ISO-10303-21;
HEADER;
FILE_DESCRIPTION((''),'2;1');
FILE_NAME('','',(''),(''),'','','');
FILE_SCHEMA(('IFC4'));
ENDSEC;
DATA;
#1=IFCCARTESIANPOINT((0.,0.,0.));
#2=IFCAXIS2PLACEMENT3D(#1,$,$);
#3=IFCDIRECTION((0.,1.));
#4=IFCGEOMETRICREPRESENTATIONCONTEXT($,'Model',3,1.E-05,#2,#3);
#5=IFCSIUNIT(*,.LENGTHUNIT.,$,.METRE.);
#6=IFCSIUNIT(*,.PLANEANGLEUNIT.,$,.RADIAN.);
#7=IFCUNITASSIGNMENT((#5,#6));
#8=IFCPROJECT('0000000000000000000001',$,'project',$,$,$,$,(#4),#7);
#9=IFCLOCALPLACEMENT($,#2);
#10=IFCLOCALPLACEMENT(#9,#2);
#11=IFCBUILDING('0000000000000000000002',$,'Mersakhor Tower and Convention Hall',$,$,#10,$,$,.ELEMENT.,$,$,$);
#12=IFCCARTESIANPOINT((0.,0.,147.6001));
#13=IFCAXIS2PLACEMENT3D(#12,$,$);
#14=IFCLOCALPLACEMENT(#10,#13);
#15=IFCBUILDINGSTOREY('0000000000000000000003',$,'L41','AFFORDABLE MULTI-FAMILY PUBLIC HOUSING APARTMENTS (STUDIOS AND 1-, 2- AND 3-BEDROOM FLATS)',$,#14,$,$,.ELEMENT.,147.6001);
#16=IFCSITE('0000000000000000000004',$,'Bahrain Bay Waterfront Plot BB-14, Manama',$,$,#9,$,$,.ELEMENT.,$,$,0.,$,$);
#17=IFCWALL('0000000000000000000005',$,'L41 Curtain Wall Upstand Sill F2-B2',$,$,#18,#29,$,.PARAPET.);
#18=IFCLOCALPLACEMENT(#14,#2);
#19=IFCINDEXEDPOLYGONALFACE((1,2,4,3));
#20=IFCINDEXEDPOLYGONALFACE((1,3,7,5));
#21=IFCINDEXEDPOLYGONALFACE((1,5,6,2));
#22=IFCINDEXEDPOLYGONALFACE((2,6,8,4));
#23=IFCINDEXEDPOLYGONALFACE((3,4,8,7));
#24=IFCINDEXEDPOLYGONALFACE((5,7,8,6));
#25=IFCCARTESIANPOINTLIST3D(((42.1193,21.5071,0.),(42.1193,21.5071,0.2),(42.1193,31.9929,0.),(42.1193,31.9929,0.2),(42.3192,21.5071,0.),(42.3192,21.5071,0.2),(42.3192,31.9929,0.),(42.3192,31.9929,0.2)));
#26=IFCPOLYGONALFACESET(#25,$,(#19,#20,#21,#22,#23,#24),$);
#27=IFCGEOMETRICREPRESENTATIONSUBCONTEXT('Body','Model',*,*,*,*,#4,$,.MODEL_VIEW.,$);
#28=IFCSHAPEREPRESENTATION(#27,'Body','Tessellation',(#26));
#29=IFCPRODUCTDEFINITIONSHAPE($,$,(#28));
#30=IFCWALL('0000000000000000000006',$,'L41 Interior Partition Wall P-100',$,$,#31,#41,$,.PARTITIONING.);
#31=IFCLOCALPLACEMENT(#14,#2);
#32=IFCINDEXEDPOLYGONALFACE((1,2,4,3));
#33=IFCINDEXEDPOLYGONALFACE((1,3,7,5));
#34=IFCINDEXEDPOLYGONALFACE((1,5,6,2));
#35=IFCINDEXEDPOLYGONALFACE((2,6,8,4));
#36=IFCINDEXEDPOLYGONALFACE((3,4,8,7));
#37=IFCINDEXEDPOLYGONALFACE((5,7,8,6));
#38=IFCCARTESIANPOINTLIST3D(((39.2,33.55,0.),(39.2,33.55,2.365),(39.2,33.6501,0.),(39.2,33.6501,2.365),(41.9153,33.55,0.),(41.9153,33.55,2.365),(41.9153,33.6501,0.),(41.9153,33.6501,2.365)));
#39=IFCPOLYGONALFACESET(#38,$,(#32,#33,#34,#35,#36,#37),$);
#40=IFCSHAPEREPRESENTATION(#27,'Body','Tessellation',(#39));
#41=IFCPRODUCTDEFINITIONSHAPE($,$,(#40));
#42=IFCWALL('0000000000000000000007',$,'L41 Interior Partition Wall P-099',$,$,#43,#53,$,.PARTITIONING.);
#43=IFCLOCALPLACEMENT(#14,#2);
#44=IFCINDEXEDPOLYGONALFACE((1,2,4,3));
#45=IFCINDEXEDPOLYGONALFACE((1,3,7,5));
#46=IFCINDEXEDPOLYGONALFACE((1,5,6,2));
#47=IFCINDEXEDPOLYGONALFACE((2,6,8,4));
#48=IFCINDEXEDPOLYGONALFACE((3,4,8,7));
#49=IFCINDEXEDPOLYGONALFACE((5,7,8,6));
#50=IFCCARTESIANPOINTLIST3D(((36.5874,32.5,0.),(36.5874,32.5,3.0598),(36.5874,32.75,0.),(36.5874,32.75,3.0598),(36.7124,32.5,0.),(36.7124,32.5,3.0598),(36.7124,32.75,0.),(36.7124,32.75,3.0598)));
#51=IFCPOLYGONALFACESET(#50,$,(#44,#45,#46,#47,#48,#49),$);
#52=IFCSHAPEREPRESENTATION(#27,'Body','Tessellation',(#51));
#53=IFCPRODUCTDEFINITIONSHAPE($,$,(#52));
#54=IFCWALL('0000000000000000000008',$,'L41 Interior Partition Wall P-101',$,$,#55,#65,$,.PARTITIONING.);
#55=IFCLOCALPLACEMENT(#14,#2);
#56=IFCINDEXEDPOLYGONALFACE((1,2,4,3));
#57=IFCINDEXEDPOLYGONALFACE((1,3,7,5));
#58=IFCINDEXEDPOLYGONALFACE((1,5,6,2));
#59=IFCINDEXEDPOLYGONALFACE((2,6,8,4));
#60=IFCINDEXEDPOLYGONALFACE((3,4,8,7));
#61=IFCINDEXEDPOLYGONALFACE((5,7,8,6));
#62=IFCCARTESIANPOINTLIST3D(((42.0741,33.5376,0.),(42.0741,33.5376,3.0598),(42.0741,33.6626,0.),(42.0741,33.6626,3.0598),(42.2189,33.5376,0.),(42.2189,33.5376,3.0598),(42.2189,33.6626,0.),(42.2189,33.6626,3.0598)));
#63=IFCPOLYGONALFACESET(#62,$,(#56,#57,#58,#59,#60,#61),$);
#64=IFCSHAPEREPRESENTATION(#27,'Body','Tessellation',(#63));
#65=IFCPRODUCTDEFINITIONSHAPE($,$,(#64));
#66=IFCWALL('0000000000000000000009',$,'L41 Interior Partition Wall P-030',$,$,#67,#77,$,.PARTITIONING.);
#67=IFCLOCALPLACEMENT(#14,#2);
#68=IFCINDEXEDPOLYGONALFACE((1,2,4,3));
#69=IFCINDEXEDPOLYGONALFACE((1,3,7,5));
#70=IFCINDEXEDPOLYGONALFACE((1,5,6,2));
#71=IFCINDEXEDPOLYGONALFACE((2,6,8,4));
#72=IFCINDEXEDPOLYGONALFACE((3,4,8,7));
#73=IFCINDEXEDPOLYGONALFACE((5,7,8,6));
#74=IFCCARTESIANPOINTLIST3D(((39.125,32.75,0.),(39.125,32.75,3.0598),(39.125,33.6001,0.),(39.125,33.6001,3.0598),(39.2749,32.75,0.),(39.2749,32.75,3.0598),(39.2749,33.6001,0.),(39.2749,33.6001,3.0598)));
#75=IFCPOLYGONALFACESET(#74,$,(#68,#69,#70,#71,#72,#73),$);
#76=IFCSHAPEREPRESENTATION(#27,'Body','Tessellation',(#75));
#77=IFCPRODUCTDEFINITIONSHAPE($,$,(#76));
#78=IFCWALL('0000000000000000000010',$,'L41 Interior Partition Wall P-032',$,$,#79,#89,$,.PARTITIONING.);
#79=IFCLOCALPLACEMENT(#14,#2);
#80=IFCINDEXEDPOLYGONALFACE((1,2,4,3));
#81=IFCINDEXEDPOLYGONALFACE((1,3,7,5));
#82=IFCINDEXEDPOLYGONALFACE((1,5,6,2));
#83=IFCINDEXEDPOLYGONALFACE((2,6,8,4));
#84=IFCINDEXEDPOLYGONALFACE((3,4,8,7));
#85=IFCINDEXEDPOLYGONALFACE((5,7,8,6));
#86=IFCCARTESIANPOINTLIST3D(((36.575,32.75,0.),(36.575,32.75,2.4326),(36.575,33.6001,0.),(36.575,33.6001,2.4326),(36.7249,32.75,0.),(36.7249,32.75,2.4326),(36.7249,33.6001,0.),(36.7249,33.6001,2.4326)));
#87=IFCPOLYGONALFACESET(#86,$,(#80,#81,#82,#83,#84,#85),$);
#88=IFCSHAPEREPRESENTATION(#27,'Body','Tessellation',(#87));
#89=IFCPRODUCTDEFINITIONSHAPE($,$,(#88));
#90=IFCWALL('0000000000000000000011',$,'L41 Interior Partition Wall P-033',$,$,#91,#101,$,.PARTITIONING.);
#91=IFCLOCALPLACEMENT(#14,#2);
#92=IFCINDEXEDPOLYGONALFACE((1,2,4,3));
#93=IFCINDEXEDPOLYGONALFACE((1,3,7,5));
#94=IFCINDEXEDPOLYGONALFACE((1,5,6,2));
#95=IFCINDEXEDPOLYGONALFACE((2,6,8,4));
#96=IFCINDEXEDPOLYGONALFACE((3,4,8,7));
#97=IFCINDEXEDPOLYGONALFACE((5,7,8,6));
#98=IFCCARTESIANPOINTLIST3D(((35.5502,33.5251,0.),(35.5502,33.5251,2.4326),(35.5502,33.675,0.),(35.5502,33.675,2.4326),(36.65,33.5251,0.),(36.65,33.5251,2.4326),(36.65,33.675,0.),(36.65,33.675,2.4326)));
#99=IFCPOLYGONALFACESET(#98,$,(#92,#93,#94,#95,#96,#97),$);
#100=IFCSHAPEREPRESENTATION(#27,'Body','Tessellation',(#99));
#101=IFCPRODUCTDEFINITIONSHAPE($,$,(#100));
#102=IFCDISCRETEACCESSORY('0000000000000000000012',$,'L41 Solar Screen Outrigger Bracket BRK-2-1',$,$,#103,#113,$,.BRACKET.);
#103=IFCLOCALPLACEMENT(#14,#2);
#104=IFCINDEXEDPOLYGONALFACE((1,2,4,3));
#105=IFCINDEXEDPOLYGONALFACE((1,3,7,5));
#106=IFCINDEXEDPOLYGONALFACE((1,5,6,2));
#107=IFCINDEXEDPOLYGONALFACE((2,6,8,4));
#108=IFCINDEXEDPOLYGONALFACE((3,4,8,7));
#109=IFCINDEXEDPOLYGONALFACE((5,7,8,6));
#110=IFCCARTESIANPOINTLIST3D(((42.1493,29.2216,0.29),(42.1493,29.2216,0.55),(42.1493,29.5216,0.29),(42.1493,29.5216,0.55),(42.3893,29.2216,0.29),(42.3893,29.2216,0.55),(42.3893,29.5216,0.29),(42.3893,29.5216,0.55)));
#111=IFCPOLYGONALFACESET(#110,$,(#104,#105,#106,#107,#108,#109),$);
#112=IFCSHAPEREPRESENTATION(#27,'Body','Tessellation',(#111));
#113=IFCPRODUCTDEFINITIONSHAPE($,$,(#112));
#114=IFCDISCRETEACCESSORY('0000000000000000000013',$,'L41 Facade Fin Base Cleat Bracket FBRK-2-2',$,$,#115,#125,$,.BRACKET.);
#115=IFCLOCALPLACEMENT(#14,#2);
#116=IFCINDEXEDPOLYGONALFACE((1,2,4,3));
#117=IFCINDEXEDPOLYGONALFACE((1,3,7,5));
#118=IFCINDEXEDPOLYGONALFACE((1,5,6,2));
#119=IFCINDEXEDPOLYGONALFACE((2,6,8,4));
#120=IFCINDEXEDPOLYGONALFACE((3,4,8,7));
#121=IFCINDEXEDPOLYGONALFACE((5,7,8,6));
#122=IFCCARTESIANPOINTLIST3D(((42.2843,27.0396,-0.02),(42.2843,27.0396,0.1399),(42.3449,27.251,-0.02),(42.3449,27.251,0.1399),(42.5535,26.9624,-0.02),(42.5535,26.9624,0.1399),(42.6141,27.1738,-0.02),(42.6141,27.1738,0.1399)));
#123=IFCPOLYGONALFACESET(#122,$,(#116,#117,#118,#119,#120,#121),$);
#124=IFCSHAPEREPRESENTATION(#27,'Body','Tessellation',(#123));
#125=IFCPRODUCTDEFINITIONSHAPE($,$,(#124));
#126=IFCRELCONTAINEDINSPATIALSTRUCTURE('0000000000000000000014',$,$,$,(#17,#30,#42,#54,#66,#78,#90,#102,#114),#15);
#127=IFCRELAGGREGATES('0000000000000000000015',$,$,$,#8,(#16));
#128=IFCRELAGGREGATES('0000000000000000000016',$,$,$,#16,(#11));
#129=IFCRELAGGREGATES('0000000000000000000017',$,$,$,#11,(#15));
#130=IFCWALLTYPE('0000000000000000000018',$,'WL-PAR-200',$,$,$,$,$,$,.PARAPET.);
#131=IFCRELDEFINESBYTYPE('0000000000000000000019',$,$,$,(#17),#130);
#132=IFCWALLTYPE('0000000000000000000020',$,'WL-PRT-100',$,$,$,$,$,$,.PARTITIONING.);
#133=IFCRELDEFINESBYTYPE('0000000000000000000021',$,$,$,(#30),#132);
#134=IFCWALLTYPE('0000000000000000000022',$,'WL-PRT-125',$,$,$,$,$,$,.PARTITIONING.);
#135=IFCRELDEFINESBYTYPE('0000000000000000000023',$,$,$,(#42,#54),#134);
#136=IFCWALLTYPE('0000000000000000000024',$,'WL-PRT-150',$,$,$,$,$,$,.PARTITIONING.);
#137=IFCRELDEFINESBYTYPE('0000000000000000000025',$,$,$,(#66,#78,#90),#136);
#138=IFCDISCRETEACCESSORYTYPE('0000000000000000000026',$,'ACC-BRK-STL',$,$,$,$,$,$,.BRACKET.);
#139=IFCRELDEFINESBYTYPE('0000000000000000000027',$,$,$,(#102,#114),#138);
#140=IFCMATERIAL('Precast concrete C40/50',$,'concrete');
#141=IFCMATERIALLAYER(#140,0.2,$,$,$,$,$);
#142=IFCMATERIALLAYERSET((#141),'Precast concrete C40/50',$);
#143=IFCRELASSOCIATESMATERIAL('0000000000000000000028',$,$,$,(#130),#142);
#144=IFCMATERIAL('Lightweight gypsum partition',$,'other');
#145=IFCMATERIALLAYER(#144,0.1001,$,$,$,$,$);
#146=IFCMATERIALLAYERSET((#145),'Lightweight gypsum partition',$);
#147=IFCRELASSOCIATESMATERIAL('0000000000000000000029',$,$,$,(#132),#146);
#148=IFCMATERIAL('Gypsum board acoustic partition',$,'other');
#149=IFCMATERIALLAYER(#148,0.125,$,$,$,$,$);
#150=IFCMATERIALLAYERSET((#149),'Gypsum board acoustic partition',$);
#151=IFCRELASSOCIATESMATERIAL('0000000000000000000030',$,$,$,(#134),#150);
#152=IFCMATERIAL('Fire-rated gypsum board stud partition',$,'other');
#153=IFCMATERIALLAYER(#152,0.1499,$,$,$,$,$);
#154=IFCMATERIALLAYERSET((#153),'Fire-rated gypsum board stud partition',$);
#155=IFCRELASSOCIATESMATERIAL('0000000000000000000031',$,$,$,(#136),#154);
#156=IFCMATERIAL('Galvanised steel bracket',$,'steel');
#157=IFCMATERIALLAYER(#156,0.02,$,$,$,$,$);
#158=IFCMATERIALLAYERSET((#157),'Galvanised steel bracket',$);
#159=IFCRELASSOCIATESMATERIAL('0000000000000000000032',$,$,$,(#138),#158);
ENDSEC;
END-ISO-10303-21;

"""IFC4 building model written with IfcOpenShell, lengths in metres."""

from ifc_helpers import new_model, si_unit, direction, frame, frame_2d, origin, origin_2d, place, context, subcontext, project, spatial, rectangle, extrude, material, layer, layer_set, type_object, element, save


model = new_model("IFC4")

# Units and contexts
model_context = context("Model", 3, precision=1e-05, world=origin(), true_north=direction((0.0, 1.0)))
body_context = subcontext(model_context, "Body", "Model", "MODEL_VIEW")
ifc_project = project(units=[si_unit("LENGTHUNIT", "METRE"), si_unit("PLANEANGLEUNIT", "RADIAN")], contexts=[model_context])

# Site, building, storey
site_placement = place(None, origin())
site = spatial("IfcSite", under=ifc_project, at=site_placement, Name="Bahrain Bay Waterfront Plot BB-14, Manama", CompositionType="ELEMENT", RefElevation=0.0)
building_placement = place(site_placement, origin())
building = spatial("IfcBuilding", under=site, at=building_placement, Name="Mersakhor Tower and Convention Hall", CompositionType="ELEMENT")
storey_placement = place(building_placement, frame((0.0, 0.0, 147.6001)))
storey = spatial("IfcBuildingStorey", under=building, at=storey_placement, Name="L41", Description="AFFORDABLE MULTI-FAMILY PUBLIC HOUSING APARTMENTS (STUDIOS AND 1-, 2- AND 3-BEDROOM FLATS)", CompositionType="ELEMENT", Elevation=147.6001)

# Walls
ifc_material_1 = material(Name="Precast concrete C40/50", Category="concrete")
ifc_layer_1 = layer(ifc_material_1, 0.2)
ifc_layer_set_1 = layer_set([ifc_layer_1], Name="Precast concrete C40/50")
wall_type_1 = type_object("IfcWallType", Name="WL-PAR-200", PredefinedType="PARAPET", material=ifc_layer_set_1)
wall_1_placement = place(storey_placement, frame((42.2192, 31.9929, 0.0), z_axis=(0.0, 0.0, 1.0), x_axis=(0.0, -1.0, 0.0)))
element("IfcWall", 1, at=wall_1_placement, inside=storey, type_object=wall_type_1, Name="L41 Curtain Wall Upstand Sill F2-B2", PredefinedType="PARAPET", context=body_context, shape_type="SweptSolid", body=[
    extrude(rectangle(XDim=10.4858, YDim=0.2, at=frame_2d((5.2429, 0.0))), origin(), (0.0, 0.0, 1.0), 0.2),
])
ifc_material_2 = material(Name="Lightweight gypsum partition", Category="other")
ifc_layer_2 = layer(ifc_material_2, 0.1001)
ifc_layer_set_2 = layer_set([ifc_layer_2], Name="Lightweight gypsum partition")
wall_type_2 = type_object("IfcWallType", Name="WL-PRT-100", PredefinedType="PARTITIONING", material=ifc_layer_set_2)
wall_2_placement = place(storey_placement, frame((39.2, 33.6001, 0.0), z_axis=(0.0, 0.0, 1.0), x_axis=(1.0, 0.0, 0.0)))
element("IfcWall", 2, at=wall_2_placement, inside=storey, type_object=wall_type_2, Name="L41 Interior Partition Wall P-100", PredefinedType="PARTITIONING", context=body_context, shape_type="SweptSolid", body=[
    extrude(rectangle(XDim=2.7153, YDim=0.1001, at=frame_2d((1.3577, 0.0))), origin(), (0.0, 0.0, 1.0), 2.365),
])
ifc_material_3 = material(Name="Gypsum board acoustic partition", Category="other")
ifc_layer_3 = layer(ifc_material_3, 0.125)
ifc_layer_set_3 = layer_set([ifc_layer_3], Name="Gypsum board acoustic partition")
wall_type_3 = type_object("IfcWallType", Name="WL-PRT-125", PredefinedType="PARTITIONING", material=ifc_layer_set_3)
wall_3_placement = place(storey_placement, frame((36.6499, 32.5, 0.0), z_axis=(0.0, 0.0, 1.0), x_axis=(0.0, 1.0, 0.0)))
element("IfcWall", 3, at=wall_3_placement, inside=storey, type_object=wall_type_3, Name="L41 Interior Partition Wall P-099", PredefinedType="PARTITIONING", context=body_context, shape_type="SweptSolid", body=[
    extrude(rectangle(XDim=0.25, YDim=0.125, at=frame_2d((0.125, 0.0))), origin(), (0.0, 0.0, 1.0), 3.0598),
])
wall_4_placement = place(storey_placement, frame((42.0742, 33.6001, 0.0), z_axis=(0.0, 0.0, 1.0), x_axis=(1.0, 0.0, 0.0)))
element("IfcWall", 4, at=wall_4_placement, inside=storey, type_object=wall_type_3, Name="L41 Interior Partition Wall P-101", PredefinedType="PARTITIONING", context=body_context, shape_type="SweptSolid", body=[
    extrude(rectangle(XDim=0.1448, YDim=0.125, at=frame_2d((0.0723, 0.0))), origin(), (0.0, 0.0, 1.0), 3.0598),
])
ifc_material_4 = material(Name="Fire-rated gypsum board stud partition", Category="other")
ifc_layer_4 = layer(ifc_material_4, 0.1499)
ifc_layer_set_4 = layer_set([ifc_layer_4], Name="Fire-rated gypsum board stud partition")
wall_type_4 = type_object("IfcWallType", Name="WL-PRT-150", PredefinedType="PARTITIONING", material=ifc_layer_set_4)
wall_5_placement = place(storey_placement, frame((39.2, 33.6001, 0.0), z_axis=(0.0, 0.0, 1.0), x_axis=(0.0, -1.0, 0.0)))
element("IfcWall", 5, at=wall_5_placement, inside=storey, type_object=wall_type_4, Name="L41 Interior Partition Wall P-030", PredefinedType="PARTITIONING", context=body_context, shape_type="SweptSolid", body=[
    extrude(rectangle(XDim=0.8501, YDim=0.1499, at=frame_2d((0.425, 0.0))), origin(), (0.0, 0.0, 1.0), 3.0598),
])

# Walls
wall_6_placement = place(storey_placement, frame((36.6499, 32.75, 0.0), z_axis=(0.0, 0.0, 1.0), x_axis=(0.0, 1.0, 0.0)))
element("IfcWall", 6, at=wall_6_placement, inside=storey, type_object=wall_type_4, Name="L41 Interior Partition Wall P-032", PredefinedType="PARTITIONING", context=body_context, shape_type="SweptSolid", body=[
    extrude(rectangle(XDim=0.8501, YDim=0.1499, at=frame_2d((0.425, 0.0))), origin(), (0.0, 0.0, 1.0), 2.4326),
])
wall_7_placement = place(storey_placement, frame((36.6499, 33.6001, 0.0), z_axis=(0.0, 0.0, 1.0), x_axis=(-1.0, 0.0, 0.0)))
element("IfcWall", 7, at=wall_7_placement, inside=storey, type_object=wall_type_4, Name="L41 Interior Partition Wall P-033", PredefinedType="PARTITIONING", context=body_context, shape_type="SweptSolid", body=[
    extrude(rectangle(XDim=1.0999, YDim=0.1499, at=frame_2d((0.5498, 0.0))), origin(), (0.0, 0.0, 1.0), 2.4326),
])

# Discrete accessories
ifc_material_5 = material(Name="Galvanised steel bracket", Category="steel")
ifc_layer_5 = layer(ifc_material_5, 0.02)
ifc_layer_set_5 = layer_set([ifc_layer_5], Name="Galvanised steel bracket")
discrete_accessory_type = type_object("IfcDiscreteAccessoryType", Name="ACC-BRK-STL", PredefinedType="BRACKET", material=ifc_layer_set_5)
discrete_accessory_1_placement = place(storey_placement, frame((42.2693, 29.3716, 0.29), z_axis=(0.0, 0.0, 1.0), x_axis=(0.0, -1.0, 0.0)))
element("IfcDiscreteAccessory", 8, at=discrete_accessory_1_placement, inside=storey, type_object=discrete_accessory_type, Name="L41 Solar Screen Outrigger Bracket BRK-2-1", PredefinedType="BRACKET", context=body_context, shape_type="SweptSolid", body=[
    extrude(rectangle(XDim=0.3, YDim=0.24, at=origin_2d()), origin(), (0.0, 0.0, 1.0), 0.26),
])
discrete_accessory_2_placement = place(storey_placement, frame((42.4492, 27.1067, -0.02), z_axis=(0.0, 0.0, 1.0), x_axis=(0.961262, -0.275637, 0.0)))
element("IfcDiscreteAccessory", 9, at=discrete_accessory_2_placement, inside=storey, type_object=discrete_accessory_type, Name="L41 Facade Fin Base Cleat Bracket FBRK-2-2", PredefinedType="BRACKET", context=body_context, shape_type="SweptSolid", body=[
    extrude(rectangle(XDim=0.28, YDim=0.22, at=origin_2d()), origin(), (0.0, 0.0, 1.0), 0.1599),
])

save(model, "model.ifc")
